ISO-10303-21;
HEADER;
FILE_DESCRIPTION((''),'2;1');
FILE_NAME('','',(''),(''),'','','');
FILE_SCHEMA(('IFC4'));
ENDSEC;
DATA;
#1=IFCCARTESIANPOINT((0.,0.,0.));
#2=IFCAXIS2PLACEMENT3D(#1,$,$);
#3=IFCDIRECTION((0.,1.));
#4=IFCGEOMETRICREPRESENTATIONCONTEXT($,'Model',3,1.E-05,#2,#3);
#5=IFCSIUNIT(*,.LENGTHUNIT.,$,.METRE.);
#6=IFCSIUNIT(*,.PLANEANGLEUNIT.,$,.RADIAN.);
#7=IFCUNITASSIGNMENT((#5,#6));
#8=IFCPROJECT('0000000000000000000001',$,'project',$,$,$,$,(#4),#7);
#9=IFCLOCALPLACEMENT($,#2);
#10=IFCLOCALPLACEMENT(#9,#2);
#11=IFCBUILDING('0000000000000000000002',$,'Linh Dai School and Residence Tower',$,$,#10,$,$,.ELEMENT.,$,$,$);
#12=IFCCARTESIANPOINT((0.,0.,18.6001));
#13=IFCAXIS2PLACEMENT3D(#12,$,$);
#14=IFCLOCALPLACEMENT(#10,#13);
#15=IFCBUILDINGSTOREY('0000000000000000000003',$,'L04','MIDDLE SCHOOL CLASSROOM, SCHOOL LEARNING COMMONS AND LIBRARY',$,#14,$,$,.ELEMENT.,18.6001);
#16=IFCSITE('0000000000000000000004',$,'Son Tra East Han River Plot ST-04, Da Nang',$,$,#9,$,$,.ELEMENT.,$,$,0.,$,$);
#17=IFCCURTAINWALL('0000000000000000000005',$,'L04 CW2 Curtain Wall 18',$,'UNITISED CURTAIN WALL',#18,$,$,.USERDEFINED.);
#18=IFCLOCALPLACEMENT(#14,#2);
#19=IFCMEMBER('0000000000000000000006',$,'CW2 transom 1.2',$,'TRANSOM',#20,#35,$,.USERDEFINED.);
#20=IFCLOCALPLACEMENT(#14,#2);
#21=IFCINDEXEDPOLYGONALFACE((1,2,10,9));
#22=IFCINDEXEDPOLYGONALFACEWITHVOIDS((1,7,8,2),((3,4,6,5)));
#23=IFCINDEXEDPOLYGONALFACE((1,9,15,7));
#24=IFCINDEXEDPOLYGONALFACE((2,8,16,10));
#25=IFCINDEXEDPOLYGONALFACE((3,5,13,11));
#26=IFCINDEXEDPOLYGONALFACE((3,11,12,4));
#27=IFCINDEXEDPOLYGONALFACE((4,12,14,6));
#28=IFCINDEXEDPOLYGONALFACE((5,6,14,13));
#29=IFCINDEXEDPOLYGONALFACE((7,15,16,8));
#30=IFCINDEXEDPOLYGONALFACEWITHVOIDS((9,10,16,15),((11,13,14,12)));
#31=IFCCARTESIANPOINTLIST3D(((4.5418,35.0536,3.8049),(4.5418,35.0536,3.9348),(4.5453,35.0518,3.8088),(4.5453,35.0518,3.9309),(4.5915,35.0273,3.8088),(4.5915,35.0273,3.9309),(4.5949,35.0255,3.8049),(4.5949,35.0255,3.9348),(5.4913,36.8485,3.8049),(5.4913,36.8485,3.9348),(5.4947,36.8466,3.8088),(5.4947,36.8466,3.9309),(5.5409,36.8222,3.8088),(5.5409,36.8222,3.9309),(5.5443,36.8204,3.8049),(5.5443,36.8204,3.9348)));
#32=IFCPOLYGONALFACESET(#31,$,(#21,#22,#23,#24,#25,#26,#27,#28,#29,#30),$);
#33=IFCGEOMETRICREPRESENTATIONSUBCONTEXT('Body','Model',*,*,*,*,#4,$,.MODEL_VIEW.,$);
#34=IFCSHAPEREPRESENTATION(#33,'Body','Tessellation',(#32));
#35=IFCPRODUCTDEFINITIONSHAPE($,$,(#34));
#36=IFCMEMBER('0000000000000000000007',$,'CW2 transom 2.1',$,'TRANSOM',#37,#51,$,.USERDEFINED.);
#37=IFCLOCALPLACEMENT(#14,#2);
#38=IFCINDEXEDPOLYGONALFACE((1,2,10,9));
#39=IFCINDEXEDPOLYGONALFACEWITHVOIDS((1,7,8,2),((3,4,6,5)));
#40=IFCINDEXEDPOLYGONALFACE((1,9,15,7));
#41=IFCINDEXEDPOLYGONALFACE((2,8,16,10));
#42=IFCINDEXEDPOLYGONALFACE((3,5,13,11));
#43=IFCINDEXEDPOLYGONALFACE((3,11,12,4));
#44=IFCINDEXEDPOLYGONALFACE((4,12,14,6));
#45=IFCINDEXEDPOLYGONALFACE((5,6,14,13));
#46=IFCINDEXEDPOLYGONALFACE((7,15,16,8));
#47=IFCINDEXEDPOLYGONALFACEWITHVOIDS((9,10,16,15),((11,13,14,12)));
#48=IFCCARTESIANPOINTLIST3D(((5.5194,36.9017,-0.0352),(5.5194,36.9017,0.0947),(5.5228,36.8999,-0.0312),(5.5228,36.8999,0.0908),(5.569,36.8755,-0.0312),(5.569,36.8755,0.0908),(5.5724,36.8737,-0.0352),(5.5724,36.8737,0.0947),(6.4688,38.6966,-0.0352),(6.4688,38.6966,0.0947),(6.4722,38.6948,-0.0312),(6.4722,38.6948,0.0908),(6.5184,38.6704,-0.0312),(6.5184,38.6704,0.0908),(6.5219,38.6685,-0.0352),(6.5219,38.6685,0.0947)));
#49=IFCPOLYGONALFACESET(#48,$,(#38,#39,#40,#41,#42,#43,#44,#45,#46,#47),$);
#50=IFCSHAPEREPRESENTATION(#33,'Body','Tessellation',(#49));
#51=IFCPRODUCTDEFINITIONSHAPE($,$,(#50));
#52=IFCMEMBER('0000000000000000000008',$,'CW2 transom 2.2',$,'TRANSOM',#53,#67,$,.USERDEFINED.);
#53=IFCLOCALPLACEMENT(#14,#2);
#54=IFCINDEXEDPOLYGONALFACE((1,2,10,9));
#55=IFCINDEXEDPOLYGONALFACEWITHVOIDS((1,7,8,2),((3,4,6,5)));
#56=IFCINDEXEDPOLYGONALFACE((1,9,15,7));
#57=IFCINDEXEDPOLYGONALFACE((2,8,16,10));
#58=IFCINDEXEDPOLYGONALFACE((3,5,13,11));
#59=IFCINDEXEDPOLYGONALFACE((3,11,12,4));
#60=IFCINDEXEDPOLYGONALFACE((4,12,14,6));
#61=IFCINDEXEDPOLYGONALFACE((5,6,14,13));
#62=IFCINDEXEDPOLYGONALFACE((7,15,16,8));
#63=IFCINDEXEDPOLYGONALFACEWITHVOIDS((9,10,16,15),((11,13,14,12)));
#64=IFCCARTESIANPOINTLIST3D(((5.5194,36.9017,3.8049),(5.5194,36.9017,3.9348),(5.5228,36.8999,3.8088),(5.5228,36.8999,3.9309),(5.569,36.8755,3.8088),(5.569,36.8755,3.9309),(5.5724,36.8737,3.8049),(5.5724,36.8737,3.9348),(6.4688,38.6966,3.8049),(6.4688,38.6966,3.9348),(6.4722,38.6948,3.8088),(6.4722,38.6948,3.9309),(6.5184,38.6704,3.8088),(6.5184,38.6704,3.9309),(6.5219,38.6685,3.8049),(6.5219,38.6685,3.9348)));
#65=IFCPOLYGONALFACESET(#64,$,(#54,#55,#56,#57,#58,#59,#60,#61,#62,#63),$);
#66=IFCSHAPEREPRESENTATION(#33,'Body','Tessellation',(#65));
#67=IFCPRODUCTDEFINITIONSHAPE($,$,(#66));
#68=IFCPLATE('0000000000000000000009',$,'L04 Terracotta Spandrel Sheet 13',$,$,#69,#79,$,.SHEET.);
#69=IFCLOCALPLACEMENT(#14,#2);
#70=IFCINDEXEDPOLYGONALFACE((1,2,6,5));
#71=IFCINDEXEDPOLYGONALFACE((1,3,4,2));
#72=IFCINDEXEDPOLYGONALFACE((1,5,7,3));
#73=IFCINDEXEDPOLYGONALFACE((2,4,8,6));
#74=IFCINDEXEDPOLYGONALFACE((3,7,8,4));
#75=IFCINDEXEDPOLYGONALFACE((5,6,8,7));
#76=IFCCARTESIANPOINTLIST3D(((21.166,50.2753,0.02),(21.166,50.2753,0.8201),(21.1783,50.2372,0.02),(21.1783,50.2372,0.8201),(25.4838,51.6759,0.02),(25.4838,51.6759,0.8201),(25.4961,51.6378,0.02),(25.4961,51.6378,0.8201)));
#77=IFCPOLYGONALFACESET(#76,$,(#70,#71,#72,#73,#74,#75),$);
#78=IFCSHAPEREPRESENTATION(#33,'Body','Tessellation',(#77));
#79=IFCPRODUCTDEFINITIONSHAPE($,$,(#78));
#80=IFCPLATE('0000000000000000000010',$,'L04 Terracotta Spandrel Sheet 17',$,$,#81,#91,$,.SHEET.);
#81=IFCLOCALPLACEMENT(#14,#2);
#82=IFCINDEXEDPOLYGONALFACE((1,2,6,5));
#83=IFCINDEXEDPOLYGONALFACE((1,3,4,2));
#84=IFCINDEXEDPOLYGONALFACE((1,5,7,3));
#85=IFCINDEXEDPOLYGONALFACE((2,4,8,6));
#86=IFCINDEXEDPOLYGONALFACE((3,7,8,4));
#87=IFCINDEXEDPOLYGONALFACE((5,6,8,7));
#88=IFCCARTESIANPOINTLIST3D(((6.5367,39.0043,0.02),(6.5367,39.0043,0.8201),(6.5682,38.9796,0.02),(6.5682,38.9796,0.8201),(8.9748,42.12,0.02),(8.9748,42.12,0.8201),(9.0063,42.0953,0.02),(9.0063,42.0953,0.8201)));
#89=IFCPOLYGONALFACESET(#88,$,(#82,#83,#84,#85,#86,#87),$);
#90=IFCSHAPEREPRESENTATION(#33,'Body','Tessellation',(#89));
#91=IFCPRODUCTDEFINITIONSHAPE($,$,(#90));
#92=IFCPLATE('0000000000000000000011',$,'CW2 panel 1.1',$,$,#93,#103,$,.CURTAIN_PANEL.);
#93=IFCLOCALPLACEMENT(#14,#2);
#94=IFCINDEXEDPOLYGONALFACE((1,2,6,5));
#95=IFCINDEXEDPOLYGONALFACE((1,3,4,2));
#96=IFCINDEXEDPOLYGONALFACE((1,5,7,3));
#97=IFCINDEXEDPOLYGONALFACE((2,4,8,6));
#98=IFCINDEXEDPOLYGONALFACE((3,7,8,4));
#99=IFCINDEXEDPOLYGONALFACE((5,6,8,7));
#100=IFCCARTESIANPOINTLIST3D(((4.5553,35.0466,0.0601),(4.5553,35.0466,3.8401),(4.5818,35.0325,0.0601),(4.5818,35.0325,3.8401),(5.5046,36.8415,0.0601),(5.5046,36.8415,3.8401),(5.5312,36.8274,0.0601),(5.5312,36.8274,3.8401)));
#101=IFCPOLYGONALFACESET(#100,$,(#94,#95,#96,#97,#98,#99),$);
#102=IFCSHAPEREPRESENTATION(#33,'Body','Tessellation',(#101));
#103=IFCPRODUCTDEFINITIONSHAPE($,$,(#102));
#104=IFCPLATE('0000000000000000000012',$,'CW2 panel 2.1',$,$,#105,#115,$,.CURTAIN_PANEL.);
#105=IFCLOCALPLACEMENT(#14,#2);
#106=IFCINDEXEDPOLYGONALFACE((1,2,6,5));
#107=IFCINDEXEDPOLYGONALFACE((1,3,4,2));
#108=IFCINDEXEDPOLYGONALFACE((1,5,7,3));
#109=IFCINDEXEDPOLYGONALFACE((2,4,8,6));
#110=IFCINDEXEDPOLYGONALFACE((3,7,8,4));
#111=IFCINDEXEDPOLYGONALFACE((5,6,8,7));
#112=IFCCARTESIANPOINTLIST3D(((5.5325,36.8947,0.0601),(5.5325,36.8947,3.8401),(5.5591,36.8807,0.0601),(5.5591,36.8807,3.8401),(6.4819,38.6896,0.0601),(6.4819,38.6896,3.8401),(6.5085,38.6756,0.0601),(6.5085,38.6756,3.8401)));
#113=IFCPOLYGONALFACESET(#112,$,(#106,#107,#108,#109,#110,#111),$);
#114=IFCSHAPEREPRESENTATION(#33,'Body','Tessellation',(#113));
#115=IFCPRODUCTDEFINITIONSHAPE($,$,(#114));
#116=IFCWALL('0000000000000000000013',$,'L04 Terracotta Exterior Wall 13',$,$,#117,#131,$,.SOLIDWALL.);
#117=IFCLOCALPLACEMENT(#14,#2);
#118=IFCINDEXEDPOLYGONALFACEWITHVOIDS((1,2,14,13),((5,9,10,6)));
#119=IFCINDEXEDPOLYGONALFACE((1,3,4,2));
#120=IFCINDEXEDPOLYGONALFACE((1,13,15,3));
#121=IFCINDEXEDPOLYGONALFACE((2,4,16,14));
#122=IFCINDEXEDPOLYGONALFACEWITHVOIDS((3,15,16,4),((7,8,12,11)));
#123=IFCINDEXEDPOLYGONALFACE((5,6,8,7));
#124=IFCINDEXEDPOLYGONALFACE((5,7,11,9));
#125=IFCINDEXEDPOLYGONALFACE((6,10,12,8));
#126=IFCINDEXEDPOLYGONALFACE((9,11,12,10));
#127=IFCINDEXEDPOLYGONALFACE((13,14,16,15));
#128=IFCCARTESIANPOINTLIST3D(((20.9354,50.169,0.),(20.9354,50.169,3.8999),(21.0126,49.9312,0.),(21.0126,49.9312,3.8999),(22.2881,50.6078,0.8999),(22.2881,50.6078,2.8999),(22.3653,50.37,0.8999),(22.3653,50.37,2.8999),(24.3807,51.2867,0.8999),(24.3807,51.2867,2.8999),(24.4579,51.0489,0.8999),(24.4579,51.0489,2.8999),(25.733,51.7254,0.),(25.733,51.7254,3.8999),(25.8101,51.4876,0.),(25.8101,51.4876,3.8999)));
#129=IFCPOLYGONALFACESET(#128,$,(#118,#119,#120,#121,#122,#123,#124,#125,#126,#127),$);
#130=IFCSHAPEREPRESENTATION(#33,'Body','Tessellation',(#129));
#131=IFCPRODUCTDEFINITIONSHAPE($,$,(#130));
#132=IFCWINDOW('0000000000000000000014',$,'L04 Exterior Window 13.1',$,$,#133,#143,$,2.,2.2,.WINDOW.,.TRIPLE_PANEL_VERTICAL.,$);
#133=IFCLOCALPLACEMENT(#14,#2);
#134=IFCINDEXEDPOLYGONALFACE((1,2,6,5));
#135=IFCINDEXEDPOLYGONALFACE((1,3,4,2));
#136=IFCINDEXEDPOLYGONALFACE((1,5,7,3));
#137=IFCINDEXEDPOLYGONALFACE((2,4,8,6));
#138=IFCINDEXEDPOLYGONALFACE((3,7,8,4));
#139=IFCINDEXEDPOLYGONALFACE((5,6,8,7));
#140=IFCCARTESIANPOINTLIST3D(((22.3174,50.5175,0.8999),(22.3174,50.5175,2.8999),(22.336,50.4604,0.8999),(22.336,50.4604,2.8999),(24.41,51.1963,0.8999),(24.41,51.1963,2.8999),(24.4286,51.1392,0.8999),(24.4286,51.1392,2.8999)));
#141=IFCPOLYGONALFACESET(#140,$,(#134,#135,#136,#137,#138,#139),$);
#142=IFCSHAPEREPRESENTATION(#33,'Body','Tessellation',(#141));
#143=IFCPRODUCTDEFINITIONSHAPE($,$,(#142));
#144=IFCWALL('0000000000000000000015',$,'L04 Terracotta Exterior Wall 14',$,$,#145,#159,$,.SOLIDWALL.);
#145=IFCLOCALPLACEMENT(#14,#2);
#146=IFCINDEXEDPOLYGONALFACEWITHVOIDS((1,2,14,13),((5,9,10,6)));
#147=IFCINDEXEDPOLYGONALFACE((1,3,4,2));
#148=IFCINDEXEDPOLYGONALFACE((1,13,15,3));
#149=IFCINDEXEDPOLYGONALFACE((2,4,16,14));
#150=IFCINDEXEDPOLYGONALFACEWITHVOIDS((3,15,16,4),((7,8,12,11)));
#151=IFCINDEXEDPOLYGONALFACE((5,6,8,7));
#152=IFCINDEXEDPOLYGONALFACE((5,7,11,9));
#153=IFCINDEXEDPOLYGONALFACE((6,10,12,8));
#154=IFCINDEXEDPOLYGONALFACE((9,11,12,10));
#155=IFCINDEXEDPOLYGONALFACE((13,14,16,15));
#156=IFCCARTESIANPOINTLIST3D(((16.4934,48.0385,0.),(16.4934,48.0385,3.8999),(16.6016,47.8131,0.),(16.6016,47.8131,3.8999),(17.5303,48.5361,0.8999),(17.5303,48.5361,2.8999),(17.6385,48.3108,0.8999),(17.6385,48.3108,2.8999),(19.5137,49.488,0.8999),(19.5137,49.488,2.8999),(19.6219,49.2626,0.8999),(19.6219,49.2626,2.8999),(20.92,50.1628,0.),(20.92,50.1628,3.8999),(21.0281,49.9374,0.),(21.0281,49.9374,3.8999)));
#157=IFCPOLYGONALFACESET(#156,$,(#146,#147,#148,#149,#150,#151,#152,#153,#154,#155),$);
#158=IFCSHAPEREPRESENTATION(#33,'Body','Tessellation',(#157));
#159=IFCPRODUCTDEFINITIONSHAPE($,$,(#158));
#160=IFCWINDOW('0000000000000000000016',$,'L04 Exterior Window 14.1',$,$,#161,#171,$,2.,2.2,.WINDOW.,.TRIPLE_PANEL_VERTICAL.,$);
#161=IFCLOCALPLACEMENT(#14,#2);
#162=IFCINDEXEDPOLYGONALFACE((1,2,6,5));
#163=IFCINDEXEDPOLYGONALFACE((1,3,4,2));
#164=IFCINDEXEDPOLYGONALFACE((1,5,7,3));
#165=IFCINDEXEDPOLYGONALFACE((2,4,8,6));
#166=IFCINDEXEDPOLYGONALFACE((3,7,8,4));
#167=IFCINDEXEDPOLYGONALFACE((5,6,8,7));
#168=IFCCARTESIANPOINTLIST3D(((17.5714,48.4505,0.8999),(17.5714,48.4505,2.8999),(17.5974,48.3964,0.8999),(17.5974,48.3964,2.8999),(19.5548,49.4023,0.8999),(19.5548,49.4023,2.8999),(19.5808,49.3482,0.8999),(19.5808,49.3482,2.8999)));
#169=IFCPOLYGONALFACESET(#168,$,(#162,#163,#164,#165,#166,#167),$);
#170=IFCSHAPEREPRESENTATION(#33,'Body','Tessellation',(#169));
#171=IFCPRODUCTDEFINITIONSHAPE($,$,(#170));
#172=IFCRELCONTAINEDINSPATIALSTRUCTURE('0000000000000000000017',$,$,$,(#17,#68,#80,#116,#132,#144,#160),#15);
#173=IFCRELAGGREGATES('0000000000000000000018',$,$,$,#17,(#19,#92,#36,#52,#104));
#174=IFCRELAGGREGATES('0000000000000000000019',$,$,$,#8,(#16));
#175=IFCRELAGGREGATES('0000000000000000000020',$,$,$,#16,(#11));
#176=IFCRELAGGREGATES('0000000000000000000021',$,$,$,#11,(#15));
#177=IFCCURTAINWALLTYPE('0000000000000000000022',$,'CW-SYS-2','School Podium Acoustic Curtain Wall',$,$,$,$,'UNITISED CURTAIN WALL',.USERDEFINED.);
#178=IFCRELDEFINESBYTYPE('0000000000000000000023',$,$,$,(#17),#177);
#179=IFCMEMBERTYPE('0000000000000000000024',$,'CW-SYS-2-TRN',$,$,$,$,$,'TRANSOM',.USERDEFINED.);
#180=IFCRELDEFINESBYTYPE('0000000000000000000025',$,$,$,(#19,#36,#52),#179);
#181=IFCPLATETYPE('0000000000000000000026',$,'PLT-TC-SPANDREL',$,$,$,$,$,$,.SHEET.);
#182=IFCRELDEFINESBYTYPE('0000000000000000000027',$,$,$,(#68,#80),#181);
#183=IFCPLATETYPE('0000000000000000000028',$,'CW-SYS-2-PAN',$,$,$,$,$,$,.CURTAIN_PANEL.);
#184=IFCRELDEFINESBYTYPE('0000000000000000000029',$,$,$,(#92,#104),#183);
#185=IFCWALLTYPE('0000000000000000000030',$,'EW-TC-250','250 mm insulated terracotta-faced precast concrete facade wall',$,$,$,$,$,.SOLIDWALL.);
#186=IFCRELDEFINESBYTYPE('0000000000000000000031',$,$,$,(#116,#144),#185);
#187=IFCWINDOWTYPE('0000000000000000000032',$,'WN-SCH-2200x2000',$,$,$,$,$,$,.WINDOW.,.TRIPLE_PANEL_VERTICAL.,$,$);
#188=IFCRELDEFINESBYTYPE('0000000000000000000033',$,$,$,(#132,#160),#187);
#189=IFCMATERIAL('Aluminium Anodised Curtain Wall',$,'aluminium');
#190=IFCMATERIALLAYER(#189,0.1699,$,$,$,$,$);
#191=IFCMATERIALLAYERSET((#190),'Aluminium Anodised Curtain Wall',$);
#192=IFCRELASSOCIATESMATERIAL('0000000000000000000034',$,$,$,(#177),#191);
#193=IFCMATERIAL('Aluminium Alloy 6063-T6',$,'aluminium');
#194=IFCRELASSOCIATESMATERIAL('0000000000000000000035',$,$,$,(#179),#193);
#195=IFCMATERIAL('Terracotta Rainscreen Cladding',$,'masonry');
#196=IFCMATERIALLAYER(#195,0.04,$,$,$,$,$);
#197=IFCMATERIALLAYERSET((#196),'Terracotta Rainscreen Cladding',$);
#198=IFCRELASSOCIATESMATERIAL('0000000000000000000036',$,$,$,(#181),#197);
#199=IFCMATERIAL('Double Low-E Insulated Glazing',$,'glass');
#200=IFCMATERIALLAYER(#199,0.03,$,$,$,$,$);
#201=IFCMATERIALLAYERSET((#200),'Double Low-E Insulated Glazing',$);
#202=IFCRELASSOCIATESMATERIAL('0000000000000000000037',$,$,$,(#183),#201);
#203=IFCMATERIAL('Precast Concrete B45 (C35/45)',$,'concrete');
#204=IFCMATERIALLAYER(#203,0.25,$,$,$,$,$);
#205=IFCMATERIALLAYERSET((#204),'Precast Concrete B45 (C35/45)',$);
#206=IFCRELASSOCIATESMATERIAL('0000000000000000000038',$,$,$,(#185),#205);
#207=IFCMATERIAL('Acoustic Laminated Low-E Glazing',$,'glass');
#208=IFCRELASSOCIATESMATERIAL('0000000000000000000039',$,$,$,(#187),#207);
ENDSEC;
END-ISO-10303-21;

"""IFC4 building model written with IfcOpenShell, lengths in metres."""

from ifc_helpers import new_model, si_unit, direction, frame, frame_2d, origin, origin_2d, place, context, subcontext, project, spatial, rectangle, hollow_rectangle, extrude, source, transform, mapped, material, layer, layer_set, material_profile, profile_set, type_object, element, fill, aggregate, save


model = new_model("IFC4")

# Units and contexts
model_context = context("Model", 3, precision=1e-05, world=origin(), true_north=direction((0.0, 1.0)))
body_context = subcontext(model_context, "Body", "Model", "MODEL_VIEW")
ifc_project = project(units=[si_unit("LENGTHUNIT", "METRE"), si_unit("PLANEANGLEUNIT", "RADIAN")], contexts=[model_context])

# Site, building, storey
site_placement = place(None, origin())
site = spatial("IfcSite", under=ifc_project, at=site_placement, Name="Son Tra East Han River Plot ST-04, Da Nang", CompositionType="ELEMENT", RefElevation=0.0)
building_placement = place(site_placement, origin())
building = spatial("IfcBuilding", under=site, at=building_placement, Name="Linh Dai School and Residence Tower", CompositionType="ELEMENT")
storey_placement = place(building_placement, frame((0.0, 0.0, 18.6001)))
storey = spatial("IfcBuildingStorey", under=building, at=storey_placement, Name="L04", Description="MIDDLE SCHOOL CLASSROOM, SCHOOL LEARNING COMMONS AND LIBRARY", CompositionType="ELEMENT", Elevation=18.6001)

# Curtain wall, members
ifc_material_1 = material(Name="Aluminium Anodised Curtain Wall", Category="aluminium")
ifc_layer_1 = layer(ifc_material_1, 0.1699)
ifc_layer_set_1 = layer_set([ifc_layer_1], Name="Aluminium Anodised Curtain Wall")
curtain_wall_type = type_object("IfcCurtainWallType", Name="CW-SYS-2", Description="School Podium Acoustic Curtain Wall", ElementType="UNITISED CURTAIN WALL", PredefinedType="USERDEFINED", material=ifc_layer_set_1)
curtain_wall_placement = place(storey_placement, origin())
curtain_wall = element("IfcCurtainWall", 1, at=curtain_wall_placement, inside=storey, type_object=curtain_wall_type, Name="L04 CW2 Curtain Wall 18", ObjectType="UNITISED CURTAIN WALL", PredefinedType="USERDEFINED")
ifc_material_2 = material(Name="Aluminium Alloy 6063-T6", Category="aluminium")
ifc_material_profile_1 = material_profile(ifc_material_2, hollow_rectangle(XDim=0.0601, YDim=0.1299, WallThickness=0.0039, at=origin_2d()), Name="RHS 130x60x4")
ifc_profile_set_1 = profile_set([ifc_material_profile_1], Name="Aluminium Alloy 6063-T6")
member_type_1 = type_object("IfcMemberType", Name="CW-SYS-2-TRN", ElementType="TRANSOM", PredefinedType="USERDEFINED", material=ifc_profile_set_1)
shared_shape_1 = source(origin(), body_context, "Body", "SweptSolid", [
    extrude(hollow_rectangle(XDim=0.0601, YDim=0.1299, WallThickness=0.0039, at=origin_2d()), origin(), (0.0, 0.0, 1.0), 2.0305),
])
member_1_placement = place(storey_placement, frame((4.5684, 35.0396, 3.8699), z_axis=(0.467584, 0.883949, 0.0), x_axis=(-0.883949, 0.467584, 0.0)))
member_1 = element("IfcMember", 2, at=member_1_placement, type_object=member_type_1, Name="CW2 transom 1.2", ObjectType="TRANSOM", PredefinedType="USERDEFINED", context=body_context, shape_type="MappedRepresentation", body=[
    mapped(shared_shape_1, transform((0.0, 0.0, 0.0), x_axis=(1.0, 0.0, 0.0), y_axis=(0.0, 1.0, 0.0), z_axis=(0.0, 0.0, 1.0), scale=1.0)),
])
member_2_placement = place(storey_placement, frame((5.5459, 36.8877, 0.0298), z_axis=(0.467584, 0.883949, 0.0), x_axis=(-0.883949, 0.467584, 0.0)))
member_2 = element("IfcMember", 3, at=member_2_placement, type_object=member_type_1, Name="CW2 transom 2.1", ObjectType="TRANSOM", PredefinedType="USERDEFINED", context=body_context, shape_type="MappedRepresentation", body=[
    mapped(shared_shape_1, transform((0.0, 0.0, 0.0), x_axis=(1.0, 0.0, 0.0), y_axis=(0.0, 1.0, 0.0), z_axis=(0.0, 0.0, 1.0), scale=1.0)),
])
member_3_placement = place(storey_placement, frame((5.5459, 36.8877, 3.8699), z_axis=(0.467584, 0.883949, 0.0), x_axis=(-0.883949, 0.467584, 0.0)))
member_3 = element("IfcMember", 4, at=member_3_placement, type_object=member_type_1, Name="CW2 transom 2.2", ObjectType="TRANSOM", PredefinedType="USERDEFINED", context=body_context, shape_type="MappedRepresentation", body=[
    mapped(shared_shape_1, transform((0.0, 0.0, 0.0), x_axis=(1.0, 0.0, 0.0), y_axis=(0.0, 1.0, 0.0), z_axis=(0.0, 0.0, 1.0), scale=1.0)),
])

# Plates
ifc_material_3 = material(Name="Terracotta Rainscreen Cladding", Category="masonry")
ifc_layer_2 = layer(ifc_material_3, 0.04)
ifc_layer_set_2 = layer_set([ifc_layer_2], Name="Terracotta Rainscreen Cladding")
plate_type_1 = type_object("IfcPlateType", Name="PLT-TC-SPANDREL", PredefinedType="SHEET", material=ifc_layer_set_2)
shared_shape_2 = source(origin(), body_context, "Body", "SweptSolid", [
    extrude(rectangle(XDim=4.5393, YDim=0.04, at=origin_2d()), origin(), (0.0, 0.0, 1.0), 0.8),
])
plate_1_placement = place(storey_placement, frame((23.3311, 50.9565, 0.02), z_axis=(0.0, 0.0, 1.0), x_axis=(0.951207, 0.308554, 0.0)))
element("IfcPlate", 5, at=plate_1_placement, inside=storey, type_object=plate_type_1, Name="L04 Terracotta Spandrel Sheet 13", PredefinedType="SHEET", context=body_context, shape_type="MappedRepresentation", body=[
    mapped(shared_shape_2, transform((0.0, 0.0, 0.0), x_axis=(1.0, 0.0, 0.0), y_axis=(0.0, 1.0, 0.0), z_axis=(0.0, 0.0, 1.0), scale=1.0)),
])
shared_shape_3 = source(origin(), body_context, "Body", "SweptSolid", [
    extrude(rectangle(XDim=3.9563, YDim=0.04, at=origin_2d()), origin(), (0.0, 0.0, 1.0), 0.8),
])
plate_2_placement = place(storey_placement, frame((7.7715, 40.5498, 0.02), z_axis=(0.0, 0.0, 1.0), x_axis=(0.61626, 0.787543, 0.0)))
element("IfcPlate", 6, at=plate_2_placement, inside=storey, type_object=plate_type_1, Name="L04 Terracotta Spandrel Sheet 17", PredefinedType="SHEET", context=body_context, shape_type="MappedRepresentation", body=[
    mapped(shared_shape_3, transform((0.0, 0.0, 0.0), x_axis=(1.0, 0.0, 0.0), y_axis=(0.0, 1.0, 0.0), z_axis=(0.0, 0.0, 1.0), scale=1.0)),
])

# Plates
ifc_material_4 = material(Name="Double Low-E Insulated Glazing", Category="glass")
ifc_layer_3 = layer(ifc_material_4, 0.03)
ifc_layer_set_3 = layer_set([ifc_layer_3], Name="Double Low-E Insulated Glazing")
plate_type_2 = type_object("IfcPlateType", Name="CW-SYS-2-PAN", PredefinedType="CURTAIN_PANEL", material=ifc_layer_set_3)
shared_shape_4 = source(origin(), body_context, "Body", "SweptSolid", [
    extrude(rectangle(XDim=2.0305, YDim=0.03, at=origin_2d()), origin(), (0.0, 0.0, 1.0), 3.78),
])
plate_3_placement = place(storey_placement, frame((5.0432, 35.937, 0.0601), z_axis=(0.0, 0.0, 1.0), x_axis=(0.467555, 0.883964, 0.0)))
plate_3 = element("IfcPlate", 7, at=plate_3_placement, type_object=plate_type_2, Name="CW2 panel 1.1", PredefinedType="CURTAIN_PANEL", context=body_context, shape_type="MappedRepresentation", body=[
    mapped(shared_shape_4, transform((0.0, 0.0, 0.0), x_axis=(1.0, 0.0, 0.0), y_axis=(0.0, 1.0, 0.0), z_axis=(0.0, 0.0, 1.0), scale=1.0)),
])
plate_4_placement = place(storey_placement, frame((6.0205, 37.7852, 0.0601), z_axis=(0.0, 0.0, 1.0), x_axis=(0.467555, 0.883964, 0.0)))
plate_4 = element("IfcPlate", 8, at=plate_4_placement, type_object=plate_type_2, Name="CW2 panel 2.1", PredefinedType="CURTAIN_PANEL", context=body_context, shape_type="MappedRepresentation", body=[
    mapped(shared_shape_4, transform((0.0, 0.0, 0.0), x_axis=(1.0, 0.0, 0.0), y_axis=(0.0, 1.0, 0.0), z_axis=(0.0, 0.0, 1.0), scale=1.0)),
])
aggregate(curtain_wall, [member_1, plate_3, member_2, member_3, plate_4])

# Walls, openings, windows
ifc_material_5 = material(Name="Precast Concrete B45 (C35/45)", Category="concrete")
ifc_layer_4 = layer(ifc_material_5, 0.25)
ifc_layer_set_4 = layer_set([ifc_layer_4], Name="Precast Concrete B45 (C35/45)")
wall_type_1 = type_object("IfcWallType", Name="EW-TC-250", Description="250 mm insulated terracotta-faced precast concrete facade wall", PredefinedType="SOLIDWALL", material=ifc_layer_set_4)
wall_1_placement = place(storey_placement, frame((20.9739, 50.05, 0.0), z_axis=(0.0, 0.0, 1.0), x_axis=(0.951199, 0.308579, 0.0)))
wall_1 = element("IfcWall", 9, at=wall_1_placement, inside=storey, type_object=wall_type_1, Name="L04 Terracotta Exterior Wall 13", PredefinedType="SOLIDWALL", context=body_context, shape_type="SweptSolid", body=[
    extrude(rectangle(XDim=5.0437, YDim=0.25, at=frame_2d((2.522, 0.0))), origin(), (0.0, 0.0, 1.0), 3.8999),
])
opening_1_placement = place(wall_1_placement, frame((1.4221, 0.0, 0.8999)))
opening_1 = element("IfcOpeningElement", 10, at=opening_1_placement, cuts=wall_1, PredefinedType="OPENING", context=body_context, shape_type="SweptSolid", body=[
    extrude(rectangle(XDim=2.2, YDim=2.0, at=origin_2d()), frame((1.1001, 0.135, 1.0), z_axis=(0.0, -1.0, 0.0), x_axis=(1.0, 0.0, 0.0)), (0.0, 0.0, 1.0), 0.27),
])
ifc_material_6 = material(Name="Acoustic Laminated Low-E Glazing", Category="glass")
window_type = type_object("IfcWindowType", Name="WN-SCH-2200x2000", PartitioningType="TRIPLE_PANEL_VERTICAL", PredefinedType="WINDOW", material=ifc_material_6)
shared_shape_5 = source(origin(), body_context, "Body", "SweptSolid", [
    extrude(rectangle(XDim=2.2, YDim=2.0, at=origin_2d()), frame((1.1001, 0.03, 1.0), z_axis=(0.0, -1.0, 0.0), x_axis=(1.0, 0.0, 0.0)), (0.0, 0.0, 1.0), 0.0601),
])
window_1_placement = place(opening_1_placement, origin())
window_1 = element("IfcWindow", 11, at=window_1_placement, inside=storey, type_object=window_type, Name="L04 Exterior Window 13.1", OverallHeight=2.0, OverallWidth=2.2, PartitioningType="TRIPLE_PANEL_VERTICAL", PredefinedType="WINDOW", context=body_context, shape_type="MappedRepresentation", body=[
    mapped(shared_shape_5, transform((0.0, 0.0, 0.0), x_axis=(1.0, 0.0, 0.0), y_axis=(0.0, 1.0, 0.0), z_axis=(0.0, 0.0, 1.0), scale=1.0)),
])
fill(opening_1, window_1)
wall_2_placement = place(storey_placement, frame((16.5474, 47.9258, 0.0), z_axis=(0.0, 0.0, 1.0), x_axis=(0.90156, 0.432655, 0.0)))
wall_2 = element("IfcWall", 12, at=wall_2_placement, inside=storey, type_object=wall_type_1, Name="L04 Terracotta Exterior Wall 14", PredefinedType="SOLIDWALL", context=body_context, shape_type="SweptSolid", body=[
    extrude(rectangle(XDim=4.9099, YDim=0.25, at=frame_2d((2.4551, 0.0))), origin(), (0.0, 0.0, 1.0), 3.8999),
])
opening_2_placement = place(wall_2_placement, frame((1.1501, 0.0, 0.8999)))
opening_2 = element("IfcOpeningElement", 13, at=opening_2_placement, cuts=wall_2, PredefinedType="OPENING", context=body_context, shape_type="SweptSolid", body=[
    extrude(rectangle(XDim=2.2, YDim=2.0, at=origin_2d()), frame((1.1001, 0.135, 1.0), z_axis=(0.0, -1.0, 0.0), x_axis=(1.0, 0.0, 0.0)), (0.0, 0.0, 1.0), 0.27),
])
window_2_placement = place(opening_2_placement, origin())
window_2 = element("IfcWindow", 14, at=window_2_placement, inside=storey, type_object=window_type, Name="L04 Exterior Window 14.1", OverallHeight=2.0, OverallWidth=2.2, PartitioningType="TRIPLE_PANEL_VERTICAL", PredefinedType="WINDOW", context=body_context, shape_type="MappedRepresentation", body=[
    mapped(shared_shape_5, transform((0.0, 0.0, 0.0), x_axis=(1.0, 0.0, 0.0), y_axis=(0.0, 1.0, 0.0), z_axis=(0.0, 0.0, 1.0), scale=1.0)),
])
fill(opening_2, window_2)

save(model, "model.ifc")
